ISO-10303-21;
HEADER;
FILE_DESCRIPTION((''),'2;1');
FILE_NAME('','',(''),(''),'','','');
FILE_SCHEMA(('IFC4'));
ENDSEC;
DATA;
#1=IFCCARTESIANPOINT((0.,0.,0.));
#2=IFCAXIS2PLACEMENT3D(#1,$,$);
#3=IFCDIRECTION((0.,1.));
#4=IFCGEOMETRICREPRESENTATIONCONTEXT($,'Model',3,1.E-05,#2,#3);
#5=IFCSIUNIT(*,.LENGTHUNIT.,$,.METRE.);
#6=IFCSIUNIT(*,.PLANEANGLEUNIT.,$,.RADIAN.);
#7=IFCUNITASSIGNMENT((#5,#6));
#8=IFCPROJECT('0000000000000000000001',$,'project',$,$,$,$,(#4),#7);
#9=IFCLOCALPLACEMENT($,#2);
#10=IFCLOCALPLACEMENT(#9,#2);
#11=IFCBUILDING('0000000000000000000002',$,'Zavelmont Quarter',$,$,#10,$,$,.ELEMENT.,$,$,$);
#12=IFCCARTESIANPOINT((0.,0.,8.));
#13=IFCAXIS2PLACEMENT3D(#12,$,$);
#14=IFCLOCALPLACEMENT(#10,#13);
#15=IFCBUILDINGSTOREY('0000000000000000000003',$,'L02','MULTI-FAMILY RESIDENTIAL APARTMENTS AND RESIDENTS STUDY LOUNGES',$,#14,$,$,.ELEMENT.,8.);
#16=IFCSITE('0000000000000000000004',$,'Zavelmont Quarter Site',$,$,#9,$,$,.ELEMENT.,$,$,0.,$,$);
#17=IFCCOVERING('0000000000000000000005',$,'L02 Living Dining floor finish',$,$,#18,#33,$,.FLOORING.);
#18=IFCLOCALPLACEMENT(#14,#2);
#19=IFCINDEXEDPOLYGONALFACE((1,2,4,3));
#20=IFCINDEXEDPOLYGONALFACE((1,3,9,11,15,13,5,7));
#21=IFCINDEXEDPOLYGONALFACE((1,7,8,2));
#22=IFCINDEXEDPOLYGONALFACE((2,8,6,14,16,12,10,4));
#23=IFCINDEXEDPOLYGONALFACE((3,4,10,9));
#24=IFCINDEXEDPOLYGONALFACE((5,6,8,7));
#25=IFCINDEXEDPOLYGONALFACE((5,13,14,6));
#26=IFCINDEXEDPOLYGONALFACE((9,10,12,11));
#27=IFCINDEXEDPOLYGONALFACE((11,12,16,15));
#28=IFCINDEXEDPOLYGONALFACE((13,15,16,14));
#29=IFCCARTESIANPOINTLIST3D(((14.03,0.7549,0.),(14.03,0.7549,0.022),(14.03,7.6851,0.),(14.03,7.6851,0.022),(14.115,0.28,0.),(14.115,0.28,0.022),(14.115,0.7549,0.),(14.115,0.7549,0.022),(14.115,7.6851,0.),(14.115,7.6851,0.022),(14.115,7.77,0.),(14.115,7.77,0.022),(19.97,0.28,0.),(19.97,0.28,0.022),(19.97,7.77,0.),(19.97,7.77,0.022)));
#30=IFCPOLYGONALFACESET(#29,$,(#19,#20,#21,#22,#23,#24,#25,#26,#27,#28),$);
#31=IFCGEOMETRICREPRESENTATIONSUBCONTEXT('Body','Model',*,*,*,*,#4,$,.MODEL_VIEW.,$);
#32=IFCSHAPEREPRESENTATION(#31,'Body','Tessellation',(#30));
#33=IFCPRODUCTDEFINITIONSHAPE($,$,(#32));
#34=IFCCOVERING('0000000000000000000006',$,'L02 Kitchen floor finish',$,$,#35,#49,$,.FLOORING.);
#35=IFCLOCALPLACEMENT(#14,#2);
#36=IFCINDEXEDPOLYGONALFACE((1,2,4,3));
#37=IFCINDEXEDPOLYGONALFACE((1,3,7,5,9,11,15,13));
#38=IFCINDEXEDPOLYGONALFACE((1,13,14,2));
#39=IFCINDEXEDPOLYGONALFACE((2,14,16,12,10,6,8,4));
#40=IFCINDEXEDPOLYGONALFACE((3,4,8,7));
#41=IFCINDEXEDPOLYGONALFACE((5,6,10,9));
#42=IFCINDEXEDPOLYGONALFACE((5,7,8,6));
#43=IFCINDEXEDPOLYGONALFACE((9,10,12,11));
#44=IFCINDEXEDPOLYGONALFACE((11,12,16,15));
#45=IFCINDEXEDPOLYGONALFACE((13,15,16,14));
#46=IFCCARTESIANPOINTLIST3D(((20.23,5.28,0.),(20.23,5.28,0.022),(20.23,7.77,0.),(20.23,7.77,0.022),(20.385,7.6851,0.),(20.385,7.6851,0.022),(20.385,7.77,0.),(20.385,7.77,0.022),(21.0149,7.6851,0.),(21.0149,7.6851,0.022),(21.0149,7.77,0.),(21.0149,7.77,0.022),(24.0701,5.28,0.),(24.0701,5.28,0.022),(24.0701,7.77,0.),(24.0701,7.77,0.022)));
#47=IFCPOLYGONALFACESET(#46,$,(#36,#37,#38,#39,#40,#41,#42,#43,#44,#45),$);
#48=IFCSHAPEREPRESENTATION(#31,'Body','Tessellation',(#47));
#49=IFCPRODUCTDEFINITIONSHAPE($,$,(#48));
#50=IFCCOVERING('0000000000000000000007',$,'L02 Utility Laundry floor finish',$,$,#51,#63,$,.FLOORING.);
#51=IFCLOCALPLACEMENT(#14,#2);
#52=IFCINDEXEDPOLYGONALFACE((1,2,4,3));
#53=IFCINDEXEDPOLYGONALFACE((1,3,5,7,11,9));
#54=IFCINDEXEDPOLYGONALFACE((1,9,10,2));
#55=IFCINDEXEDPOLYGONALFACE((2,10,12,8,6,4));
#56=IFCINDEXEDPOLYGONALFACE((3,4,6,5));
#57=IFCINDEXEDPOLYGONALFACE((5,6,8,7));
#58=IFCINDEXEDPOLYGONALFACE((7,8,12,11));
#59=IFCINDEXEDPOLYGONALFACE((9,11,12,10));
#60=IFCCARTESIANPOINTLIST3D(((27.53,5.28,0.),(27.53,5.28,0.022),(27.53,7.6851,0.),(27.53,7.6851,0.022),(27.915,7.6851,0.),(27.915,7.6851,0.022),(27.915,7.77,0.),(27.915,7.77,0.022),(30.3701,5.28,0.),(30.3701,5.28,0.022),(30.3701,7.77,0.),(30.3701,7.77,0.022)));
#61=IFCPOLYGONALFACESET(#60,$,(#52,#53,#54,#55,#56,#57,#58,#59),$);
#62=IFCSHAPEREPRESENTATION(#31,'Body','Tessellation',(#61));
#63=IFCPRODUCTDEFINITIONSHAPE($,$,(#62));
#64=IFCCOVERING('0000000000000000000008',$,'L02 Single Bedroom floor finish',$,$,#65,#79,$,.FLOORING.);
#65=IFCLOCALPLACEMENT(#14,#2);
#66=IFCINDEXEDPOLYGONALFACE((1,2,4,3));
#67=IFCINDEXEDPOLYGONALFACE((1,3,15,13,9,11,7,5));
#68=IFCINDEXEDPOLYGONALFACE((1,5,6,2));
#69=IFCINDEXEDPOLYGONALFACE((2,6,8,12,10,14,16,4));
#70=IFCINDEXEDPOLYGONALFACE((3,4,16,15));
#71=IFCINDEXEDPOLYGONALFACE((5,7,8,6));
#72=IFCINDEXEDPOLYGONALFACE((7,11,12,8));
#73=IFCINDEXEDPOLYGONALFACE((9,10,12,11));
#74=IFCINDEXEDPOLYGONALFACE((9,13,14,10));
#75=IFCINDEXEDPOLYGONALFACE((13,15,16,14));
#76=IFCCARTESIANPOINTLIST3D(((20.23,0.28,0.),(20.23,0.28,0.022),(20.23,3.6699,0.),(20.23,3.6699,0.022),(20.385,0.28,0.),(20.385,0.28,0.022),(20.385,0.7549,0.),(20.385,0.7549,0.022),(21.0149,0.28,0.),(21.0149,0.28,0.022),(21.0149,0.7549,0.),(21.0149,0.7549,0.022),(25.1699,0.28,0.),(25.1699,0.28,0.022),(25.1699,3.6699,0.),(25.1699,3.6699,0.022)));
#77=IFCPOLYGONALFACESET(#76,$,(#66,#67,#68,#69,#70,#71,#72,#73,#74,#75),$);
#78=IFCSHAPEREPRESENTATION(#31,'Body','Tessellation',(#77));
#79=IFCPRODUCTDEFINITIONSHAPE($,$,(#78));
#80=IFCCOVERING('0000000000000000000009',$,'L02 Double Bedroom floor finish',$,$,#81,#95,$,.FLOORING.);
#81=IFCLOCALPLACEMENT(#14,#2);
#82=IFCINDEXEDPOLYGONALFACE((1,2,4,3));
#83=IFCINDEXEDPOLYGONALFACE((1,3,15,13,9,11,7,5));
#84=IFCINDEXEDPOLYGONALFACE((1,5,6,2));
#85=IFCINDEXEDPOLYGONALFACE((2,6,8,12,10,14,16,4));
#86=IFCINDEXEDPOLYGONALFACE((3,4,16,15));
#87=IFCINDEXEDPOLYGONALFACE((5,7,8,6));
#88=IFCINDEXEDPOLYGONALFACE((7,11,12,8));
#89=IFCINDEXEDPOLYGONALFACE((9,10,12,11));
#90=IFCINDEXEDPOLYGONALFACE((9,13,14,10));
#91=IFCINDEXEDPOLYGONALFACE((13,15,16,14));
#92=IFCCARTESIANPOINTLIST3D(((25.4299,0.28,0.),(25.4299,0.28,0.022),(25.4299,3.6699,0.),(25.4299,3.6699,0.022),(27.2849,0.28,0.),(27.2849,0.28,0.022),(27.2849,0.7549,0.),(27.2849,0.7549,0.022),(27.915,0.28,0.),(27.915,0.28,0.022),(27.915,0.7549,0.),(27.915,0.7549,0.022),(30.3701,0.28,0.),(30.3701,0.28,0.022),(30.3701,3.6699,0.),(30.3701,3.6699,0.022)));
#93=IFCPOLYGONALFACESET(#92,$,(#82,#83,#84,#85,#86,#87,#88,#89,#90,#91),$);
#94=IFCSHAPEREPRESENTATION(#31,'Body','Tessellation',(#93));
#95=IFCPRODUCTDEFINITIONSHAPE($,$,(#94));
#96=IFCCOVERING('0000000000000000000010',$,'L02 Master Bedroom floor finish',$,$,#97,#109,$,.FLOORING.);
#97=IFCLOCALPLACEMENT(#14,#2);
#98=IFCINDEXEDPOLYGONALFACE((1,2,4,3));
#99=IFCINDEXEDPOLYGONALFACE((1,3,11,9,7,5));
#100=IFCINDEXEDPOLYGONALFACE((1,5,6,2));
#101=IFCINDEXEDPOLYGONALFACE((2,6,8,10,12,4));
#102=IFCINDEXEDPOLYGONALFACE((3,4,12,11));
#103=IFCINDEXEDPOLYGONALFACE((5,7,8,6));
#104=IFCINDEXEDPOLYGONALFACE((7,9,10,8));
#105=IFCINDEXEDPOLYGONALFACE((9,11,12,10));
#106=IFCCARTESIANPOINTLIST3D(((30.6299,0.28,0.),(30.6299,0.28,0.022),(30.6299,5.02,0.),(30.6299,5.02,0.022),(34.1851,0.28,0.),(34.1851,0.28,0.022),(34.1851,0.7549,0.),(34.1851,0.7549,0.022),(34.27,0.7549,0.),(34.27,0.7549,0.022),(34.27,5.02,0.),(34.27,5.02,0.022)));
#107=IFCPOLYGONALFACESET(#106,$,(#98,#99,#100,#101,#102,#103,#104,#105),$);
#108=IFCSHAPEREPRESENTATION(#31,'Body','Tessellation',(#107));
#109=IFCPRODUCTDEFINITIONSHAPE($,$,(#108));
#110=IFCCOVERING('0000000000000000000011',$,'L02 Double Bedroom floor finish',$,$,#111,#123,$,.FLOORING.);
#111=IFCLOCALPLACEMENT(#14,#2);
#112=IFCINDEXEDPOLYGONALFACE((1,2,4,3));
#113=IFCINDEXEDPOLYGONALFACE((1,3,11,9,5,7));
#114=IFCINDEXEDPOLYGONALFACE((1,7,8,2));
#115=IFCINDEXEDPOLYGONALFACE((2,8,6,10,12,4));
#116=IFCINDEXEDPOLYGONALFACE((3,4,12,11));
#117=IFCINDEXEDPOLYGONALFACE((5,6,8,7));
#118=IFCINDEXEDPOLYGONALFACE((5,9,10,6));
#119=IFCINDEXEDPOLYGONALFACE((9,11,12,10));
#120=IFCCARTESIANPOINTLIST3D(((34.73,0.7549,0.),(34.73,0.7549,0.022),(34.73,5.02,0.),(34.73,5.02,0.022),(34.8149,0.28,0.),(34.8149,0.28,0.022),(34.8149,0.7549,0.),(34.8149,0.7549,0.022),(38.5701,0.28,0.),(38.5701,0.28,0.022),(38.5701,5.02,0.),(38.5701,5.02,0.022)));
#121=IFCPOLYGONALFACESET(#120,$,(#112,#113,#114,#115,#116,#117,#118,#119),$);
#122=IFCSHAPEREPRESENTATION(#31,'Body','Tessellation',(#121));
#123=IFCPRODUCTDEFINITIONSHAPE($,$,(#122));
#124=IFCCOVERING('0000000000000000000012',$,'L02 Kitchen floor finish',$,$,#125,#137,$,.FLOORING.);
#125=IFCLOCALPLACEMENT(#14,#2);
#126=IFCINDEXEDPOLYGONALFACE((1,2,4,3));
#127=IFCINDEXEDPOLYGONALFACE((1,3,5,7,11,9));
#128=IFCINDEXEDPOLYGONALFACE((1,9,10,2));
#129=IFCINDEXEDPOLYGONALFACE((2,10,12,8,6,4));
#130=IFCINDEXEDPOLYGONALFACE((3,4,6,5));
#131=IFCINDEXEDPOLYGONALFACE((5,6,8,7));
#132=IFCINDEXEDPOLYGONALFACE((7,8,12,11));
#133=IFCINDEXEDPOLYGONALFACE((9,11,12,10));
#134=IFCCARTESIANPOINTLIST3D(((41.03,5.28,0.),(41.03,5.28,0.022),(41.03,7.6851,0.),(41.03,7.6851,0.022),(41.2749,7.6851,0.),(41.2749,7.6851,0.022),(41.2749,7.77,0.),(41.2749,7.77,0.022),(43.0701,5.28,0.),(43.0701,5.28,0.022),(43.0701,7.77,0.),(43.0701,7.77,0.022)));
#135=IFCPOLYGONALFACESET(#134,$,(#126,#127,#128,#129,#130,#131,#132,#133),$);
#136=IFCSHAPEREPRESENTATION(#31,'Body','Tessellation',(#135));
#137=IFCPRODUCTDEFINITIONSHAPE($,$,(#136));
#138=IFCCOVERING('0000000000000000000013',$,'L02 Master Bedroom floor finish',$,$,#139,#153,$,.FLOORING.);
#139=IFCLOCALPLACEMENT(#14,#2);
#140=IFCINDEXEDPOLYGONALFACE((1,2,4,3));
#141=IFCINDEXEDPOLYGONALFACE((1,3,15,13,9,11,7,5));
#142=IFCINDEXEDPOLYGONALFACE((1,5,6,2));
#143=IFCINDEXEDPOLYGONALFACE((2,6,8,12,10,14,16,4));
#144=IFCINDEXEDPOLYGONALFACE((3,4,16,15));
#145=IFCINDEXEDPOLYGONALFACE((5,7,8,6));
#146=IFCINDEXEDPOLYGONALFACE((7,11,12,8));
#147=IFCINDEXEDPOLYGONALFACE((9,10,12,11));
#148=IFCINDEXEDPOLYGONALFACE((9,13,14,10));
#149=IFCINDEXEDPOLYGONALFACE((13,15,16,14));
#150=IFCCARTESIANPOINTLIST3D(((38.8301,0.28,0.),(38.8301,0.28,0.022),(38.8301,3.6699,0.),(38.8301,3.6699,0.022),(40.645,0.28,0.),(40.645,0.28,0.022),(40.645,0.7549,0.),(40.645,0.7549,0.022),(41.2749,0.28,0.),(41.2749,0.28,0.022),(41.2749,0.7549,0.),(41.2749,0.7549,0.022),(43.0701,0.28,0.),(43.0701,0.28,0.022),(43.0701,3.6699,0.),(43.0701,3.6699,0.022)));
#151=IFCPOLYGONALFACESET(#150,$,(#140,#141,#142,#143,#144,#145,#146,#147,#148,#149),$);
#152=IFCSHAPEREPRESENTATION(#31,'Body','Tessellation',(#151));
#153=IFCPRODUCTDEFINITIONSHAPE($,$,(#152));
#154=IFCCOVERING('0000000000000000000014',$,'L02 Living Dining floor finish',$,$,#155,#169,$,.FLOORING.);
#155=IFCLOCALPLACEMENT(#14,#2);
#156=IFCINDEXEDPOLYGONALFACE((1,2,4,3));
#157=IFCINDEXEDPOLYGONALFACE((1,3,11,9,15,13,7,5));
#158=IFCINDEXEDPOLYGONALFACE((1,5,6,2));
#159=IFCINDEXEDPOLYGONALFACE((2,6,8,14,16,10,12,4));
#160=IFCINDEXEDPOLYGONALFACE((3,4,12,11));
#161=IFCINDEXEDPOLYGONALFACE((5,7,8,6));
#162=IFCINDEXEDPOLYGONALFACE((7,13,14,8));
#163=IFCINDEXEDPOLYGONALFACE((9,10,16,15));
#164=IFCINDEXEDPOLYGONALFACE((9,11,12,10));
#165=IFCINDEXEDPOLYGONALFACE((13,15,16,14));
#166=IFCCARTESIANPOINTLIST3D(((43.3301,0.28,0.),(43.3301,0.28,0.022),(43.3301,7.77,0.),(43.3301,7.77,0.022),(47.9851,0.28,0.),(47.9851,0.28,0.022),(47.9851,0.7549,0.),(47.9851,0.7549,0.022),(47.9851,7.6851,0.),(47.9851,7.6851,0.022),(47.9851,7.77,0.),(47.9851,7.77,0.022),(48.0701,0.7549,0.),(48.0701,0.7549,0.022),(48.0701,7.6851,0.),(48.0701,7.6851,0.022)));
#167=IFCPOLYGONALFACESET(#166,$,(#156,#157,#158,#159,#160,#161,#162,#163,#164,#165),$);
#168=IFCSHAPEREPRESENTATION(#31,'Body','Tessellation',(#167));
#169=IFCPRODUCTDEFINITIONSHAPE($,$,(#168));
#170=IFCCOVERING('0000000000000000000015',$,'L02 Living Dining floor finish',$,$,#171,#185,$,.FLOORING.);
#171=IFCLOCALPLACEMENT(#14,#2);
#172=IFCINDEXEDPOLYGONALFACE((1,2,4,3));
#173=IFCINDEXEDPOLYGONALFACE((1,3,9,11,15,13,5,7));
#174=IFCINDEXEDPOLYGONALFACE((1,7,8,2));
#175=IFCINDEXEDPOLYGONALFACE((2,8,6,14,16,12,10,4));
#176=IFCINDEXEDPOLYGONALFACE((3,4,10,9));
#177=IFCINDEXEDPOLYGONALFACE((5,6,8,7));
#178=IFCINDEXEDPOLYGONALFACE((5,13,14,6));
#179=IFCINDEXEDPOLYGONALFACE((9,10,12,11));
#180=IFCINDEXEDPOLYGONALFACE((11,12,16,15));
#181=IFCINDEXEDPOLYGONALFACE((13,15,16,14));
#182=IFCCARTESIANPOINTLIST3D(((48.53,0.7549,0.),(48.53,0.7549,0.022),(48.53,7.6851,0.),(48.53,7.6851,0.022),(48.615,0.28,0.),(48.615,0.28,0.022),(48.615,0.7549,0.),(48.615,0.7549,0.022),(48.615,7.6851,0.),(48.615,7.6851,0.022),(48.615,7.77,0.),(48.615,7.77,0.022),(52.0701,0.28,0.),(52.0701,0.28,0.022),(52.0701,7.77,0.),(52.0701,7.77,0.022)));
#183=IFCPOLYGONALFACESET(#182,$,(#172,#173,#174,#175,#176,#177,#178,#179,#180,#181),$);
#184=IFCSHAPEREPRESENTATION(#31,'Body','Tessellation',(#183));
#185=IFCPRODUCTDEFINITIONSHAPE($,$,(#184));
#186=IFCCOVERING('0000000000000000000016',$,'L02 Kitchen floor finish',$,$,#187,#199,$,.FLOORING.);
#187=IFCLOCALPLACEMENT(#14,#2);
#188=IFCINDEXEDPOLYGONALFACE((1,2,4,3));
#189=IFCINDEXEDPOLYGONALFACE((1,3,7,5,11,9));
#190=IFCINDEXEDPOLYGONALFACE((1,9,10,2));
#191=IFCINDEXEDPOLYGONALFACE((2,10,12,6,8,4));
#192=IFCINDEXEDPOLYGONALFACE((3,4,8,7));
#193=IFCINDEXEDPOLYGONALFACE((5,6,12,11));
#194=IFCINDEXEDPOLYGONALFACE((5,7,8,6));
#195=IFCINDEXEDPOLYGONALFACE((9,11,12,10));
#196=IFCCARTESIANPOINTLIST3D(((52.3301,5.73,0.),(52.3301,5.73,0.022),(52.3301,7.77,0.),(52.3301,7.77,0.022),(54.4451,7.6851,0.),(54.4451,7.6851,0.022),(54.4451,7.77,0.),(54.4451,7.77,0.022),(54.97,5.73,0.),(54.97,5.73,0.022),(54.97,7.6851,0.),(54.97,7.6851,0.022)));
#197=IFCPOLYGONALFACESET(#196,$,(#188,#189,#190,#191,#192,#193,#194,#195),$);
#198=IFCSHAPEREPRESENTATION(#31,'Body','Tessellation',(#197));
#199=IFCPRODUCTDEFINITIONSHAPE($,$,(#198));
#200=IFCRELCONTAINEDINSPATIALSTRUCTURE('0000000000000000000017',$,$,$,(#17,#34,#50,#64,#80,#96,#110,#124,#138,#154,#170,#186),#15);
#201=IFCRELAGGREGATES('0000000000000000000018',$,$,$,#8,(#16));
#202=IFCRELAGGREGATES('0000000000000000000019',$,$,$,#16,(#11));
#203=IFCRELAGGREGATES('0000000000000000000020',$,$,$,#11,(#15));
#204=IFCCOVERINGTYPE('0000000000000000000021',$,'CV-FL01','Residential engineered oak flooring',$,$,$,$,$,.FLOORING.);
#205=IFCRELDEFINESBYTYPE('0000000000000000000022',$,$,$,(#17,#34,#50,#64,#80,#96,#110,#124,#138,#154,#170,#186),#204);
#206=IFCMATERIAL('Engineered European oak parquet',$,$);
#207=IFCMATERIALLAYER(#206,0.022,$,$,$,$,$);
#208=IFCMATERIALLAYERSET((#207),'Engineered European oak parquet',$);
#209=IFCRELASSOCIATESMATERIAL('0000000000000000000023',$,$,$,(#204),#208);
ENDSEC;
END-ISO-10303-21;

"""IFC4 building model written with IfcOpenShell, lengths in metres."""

from ifc_helpers import new_model, si_unit, direction, frame, origin, place, context, subcontext, project, spatial, polyline, outline, extrude, material, layer, layer_set, type_object, element, save


model = new_model("IFC4")

# Units and contexts
model_context = context("Model", 3, precision=1e-05, world=origin(), true_north=direction((0.0, 1.0)))
body_context = subcontext(model_context, "Body", "Model", "MODEL_VIEW")
ifc_project = project(units=[si_unit("LENGTHUNIT", "METRE"), si_unit("PLANEANGLEUNIT", "RADIAN")], contexts=[model_context])

# Site, building, storey
site_placement = place(None, origin())
site = spatial("IfcSite", under=ifc_project, at=site_placement, Name="Zavelmont Quarter Site", CompositionType="ELEMENT", RefElevation=0.0)
building_placement = place(site_placement, origin())
building = spatial("IfcBuilding", under=site, at=building_placement, Name="Zavelmont Quarter", CompositionType="ELEMENT")
storey_placement = place(building_placement, frame((0.0, 0.0, 8.0)))
storey = spatial("IfcBuildingStorey", under=building, at=storey_placement, Name="L02", Description="MULTI-FAMILY RESIDENTIAL APARTMENTS AND RESIDENTS STUDY LOUNGES", CompositionType="ELEMENT", Elevation=8.0)

# Coverings
ifc_material_1 = material(Name="Engineered European oak parquet")
ifc_layer_1 = layer(ifc_material_1, 0.022)
ifc_layer_set_1 = layer_set([ifc_layer_1], Name="Engineered European oak parquet")
covering_type_1 = type_object("IfcCoveringType", Name="CV-FL01", Description="Residential engineered oak flooring", PredefinedType="FLOORING", material=ifc_layer_set_1)
covering_1_placement = place(storey_placement, origin())
element("IfcCovering", 1, at=covering_1_placement, inside=storey, type_object=covering_type_1, Name="L02 Living Dining floor finish", PredefinedType="FLOORING", context=body_context, shape_type="SweptSolid", body=[
    extrude(outline(polyline([(14.03, 7.6851), (14.115, 7.6851), (14.115, 7.77), (19.97, 7.77), (19.97, 0.28), (14.115, 0.28), (14.115, 0.7549), (14.03, 0.7549), (14.03, 7.6851)])), origin(), (0.0, 0.0, 1.0), 0.022),
])
covering_2_placement = place(storey_placement, origin())
element("IfcCovering", 2, at=covering_2_placement, inside=storey, type_object=covering_type_1, Name="L02 Kitchen floor finish", PredefinedType="FLOORING", context=body_context, shape_type="SweptSolid", body=[
    extrude(outline(polyline([(20.23, 7.77), (20.385, 7.77), (20.385, 7.6851), (21.0149, 7.6851), (21.0149, 7.77), (24.0701, 7.77), (24.0701, 5.28), (20.23, 5.28), (20.23, 7.77)])), origin(), (0.0, 0.0, 1.0), 0.022),
])
covering_3_placement = place(storey_placement, origin())
element("IfcCovering", 3, at=covering_3_placement, inside=storey, type_object=covering_type_1, Name="L02 Utility Laundry floor finish", PredefinedType="FLOORING", context=body_context, shape_type="SweptSolid", body=[
    extrude(outline(polyline([(27.53, 7.6851), (27.915, 7.6851), (27.915, 7.77), (30.3701, 7.77), (30.3701, 5.28), (27.53, 5.28), (27.53, 7.6851)])), origin(), (0.0, 0.0, 1.0), 0.022),
])
covering_4_placement = place(storey_placement, origin())
element("IfcCovering", 4, at=covering_4_placement, inside=storey, type_object=covering_type_1, Name="L02 Single Bedroom floor finish", PredefinedType="FLOORING", context=body_context, shape_type="SweptSolid", body=[
    extrude(outline(polyline([(20.23, 3.6699), (25.1699, 3.6699), (25.1699, 0.28), (21.0149, 0.28), (21.0149, 0.7549), (20.385, 0.7549), (20.385, 0.28), (20.23, 0.28), (20.23, 3.6699)])), origin(), (0.0, 0.0, 1.0), 0.022),
])
covering_5_placement = place(storey_placement, origin())
element("IfcCovering", 5, at=covering_5_placement, inside=storey, type_object=covering_type_1, Name="L02 Double Bedroom floor finish", PredefinedType="FLOORING", context=body_context, shape_type="SweptSolid", body=[
    extrude(outline(polyline([(25.4299, 3.6699), (30.3701, 3.6699), (30.3701, 0.28), (27.915, 0.28), (27.915, 0.7549), (27.2849, 0.7549), (27.2849, 0.28), (25.4299, 0.28), (25.4299, 3.6699)])), origin(), (0.0, 0.0, 1.0), 0.022),
])
covering_6_placement = place(storey_placement, origin())
element("IfcCovering", 6, at=covering_6_placement, inside=storey, type_object=covering_type_1, Name="L02 Master Bedroom floor finish", PredefinedType="FLOORING", context=body_context, shape_type="SweptSolid", body=[
    extrude(outline(polyline([(30.6299, 5.02), (34.27, 5.02), (34.27, 0.7549), (34.1851, 0.7549), (34.1851, 0.28), (30.6299, 0.28), (30.6299, 5.02)])), origin(), (0.0, 0.0, 1.0), 0.022),
])
covering_7_placement = place(storey_placement, origin())
element("IfcCovering", 7, at=covering_7_placement, inside=storey, type_object=covering_type_1, Name="L02 Double Bedroom floor finish", PredefinedType="FLOORING", context=body_context, shape_type="SweptSolid", body=[
    extrude(outline(polyline([(34.73, 5.02), (38.5701, 5.02), (38.5701, 0.28), (34.8149, 0.28), (34.8149, 0.7549), (34.73, 0.7549), (34.73, 5.02)])), origin(), (0.0, 0.0, 1.0), 0.022),
])
covering_8_placement = place(storey_placement, origin())
element("IfcCovering", 8, at=covering_8_placement, inside=storey, type_object=covering_type_1, Name="L02 Kitchen floor finish", PredefinedType="FLOORING", context=body_context, shape_type="SweptSolid", body=[
    extrude(outline(polyline([(41.03, 7.6851), (41.2749, 7.6851), (41.2749, 7.77), (43.0701, 7.77), (43.0701, 5.28), (41.03, 5.28), (41.03, 7.6851)])), origin(), (0.0, 0.0, 1.0), 0.022),
])
covering_9_placement = place(storey_placement, origin())
element("IfcCovering", 9, at=covering_9_placement, inside=storey, type_object=covering_type_1, Name="L02 Master Bedroom floor finish", PredefinedType="FLOORING", context=body_context, shape_type="SweptSolid", body=[
    extrude(outline(polyline([(38.8301, 3.6699), (43.0701, 3.6699), (43.0701, 0.28), (41.2749, 0.28), (41.2749, 0.7549), (40.645, 0.7549), (40.645, 0.28), (38.8301, 0.28), (38.8301, 3.6699)])), origin(), (0.0, 0.0, 1.0), 0.022),
])
covering_10_placement = place(storey_placement, origin())
element("IfcCovering", 10, at=covering_10_placement, inside=storey, type_object=covering_type_1, Name="L02 Living Dining floor finish", PredefinedType="FLOORING", context=body_context, shape_type="SweptSolid", body=[
    extrude(outline(polyline([(43.3301, 7.77), (47.9851, 7.77), (47.9851, 7.6851), (48.0701, 7.6851), (48.0701, 0.7549), (47.9851, 0.7549), (47.9851, 0.28), (43.3301, 0.28), (43.3301, 7.77)])), origin(), (0.0, 0.0, 1.0), 0.022),
])
covering_11_placement = place(storey_placement, origin())
element("IfcCovering", 11, at=covering_11_placement, inside=storey, type_object=covering_type_1, Name="L02 Living Dining floor finish", PredefinedType="FLOORING", context=body_context, shape_type="SweptSolid", body=[
    extrude(outline(polyline([(48.53, 7.6851), (48.615, 7.6851), (48.615, 7.77), (52.0701, 7.77), (52.0701, 0.28), (48.615, 0.28), (48.615, 0.7549), (48.53, 0.7549), (48.53, 7.6851)])), origin(), (0.0, 0.0, 1.0), 0.022),
])
covering_12_placement = place(storey_placement, origin())
element("IfcCovering", 12, at=covering_12_placement, inside=storey, type_object=covering_type_1, Name="L02 Kitchen floor finish", PredefinedType="FLOORING", context=body_context, shape_type="SweptSolid", body=[
    extrude(outline(polyline([(52.3301, 7.77), (54.4451, 7.77), (54.4451, 7.6851), (54.97, 7.6851), (54.97, 5.73), (52.3301, 5.73), (52.3301, 7.77)])), origin(), (0.0, 0.0, 1.0), 0.022),
])

save(model, "model.ifc")
